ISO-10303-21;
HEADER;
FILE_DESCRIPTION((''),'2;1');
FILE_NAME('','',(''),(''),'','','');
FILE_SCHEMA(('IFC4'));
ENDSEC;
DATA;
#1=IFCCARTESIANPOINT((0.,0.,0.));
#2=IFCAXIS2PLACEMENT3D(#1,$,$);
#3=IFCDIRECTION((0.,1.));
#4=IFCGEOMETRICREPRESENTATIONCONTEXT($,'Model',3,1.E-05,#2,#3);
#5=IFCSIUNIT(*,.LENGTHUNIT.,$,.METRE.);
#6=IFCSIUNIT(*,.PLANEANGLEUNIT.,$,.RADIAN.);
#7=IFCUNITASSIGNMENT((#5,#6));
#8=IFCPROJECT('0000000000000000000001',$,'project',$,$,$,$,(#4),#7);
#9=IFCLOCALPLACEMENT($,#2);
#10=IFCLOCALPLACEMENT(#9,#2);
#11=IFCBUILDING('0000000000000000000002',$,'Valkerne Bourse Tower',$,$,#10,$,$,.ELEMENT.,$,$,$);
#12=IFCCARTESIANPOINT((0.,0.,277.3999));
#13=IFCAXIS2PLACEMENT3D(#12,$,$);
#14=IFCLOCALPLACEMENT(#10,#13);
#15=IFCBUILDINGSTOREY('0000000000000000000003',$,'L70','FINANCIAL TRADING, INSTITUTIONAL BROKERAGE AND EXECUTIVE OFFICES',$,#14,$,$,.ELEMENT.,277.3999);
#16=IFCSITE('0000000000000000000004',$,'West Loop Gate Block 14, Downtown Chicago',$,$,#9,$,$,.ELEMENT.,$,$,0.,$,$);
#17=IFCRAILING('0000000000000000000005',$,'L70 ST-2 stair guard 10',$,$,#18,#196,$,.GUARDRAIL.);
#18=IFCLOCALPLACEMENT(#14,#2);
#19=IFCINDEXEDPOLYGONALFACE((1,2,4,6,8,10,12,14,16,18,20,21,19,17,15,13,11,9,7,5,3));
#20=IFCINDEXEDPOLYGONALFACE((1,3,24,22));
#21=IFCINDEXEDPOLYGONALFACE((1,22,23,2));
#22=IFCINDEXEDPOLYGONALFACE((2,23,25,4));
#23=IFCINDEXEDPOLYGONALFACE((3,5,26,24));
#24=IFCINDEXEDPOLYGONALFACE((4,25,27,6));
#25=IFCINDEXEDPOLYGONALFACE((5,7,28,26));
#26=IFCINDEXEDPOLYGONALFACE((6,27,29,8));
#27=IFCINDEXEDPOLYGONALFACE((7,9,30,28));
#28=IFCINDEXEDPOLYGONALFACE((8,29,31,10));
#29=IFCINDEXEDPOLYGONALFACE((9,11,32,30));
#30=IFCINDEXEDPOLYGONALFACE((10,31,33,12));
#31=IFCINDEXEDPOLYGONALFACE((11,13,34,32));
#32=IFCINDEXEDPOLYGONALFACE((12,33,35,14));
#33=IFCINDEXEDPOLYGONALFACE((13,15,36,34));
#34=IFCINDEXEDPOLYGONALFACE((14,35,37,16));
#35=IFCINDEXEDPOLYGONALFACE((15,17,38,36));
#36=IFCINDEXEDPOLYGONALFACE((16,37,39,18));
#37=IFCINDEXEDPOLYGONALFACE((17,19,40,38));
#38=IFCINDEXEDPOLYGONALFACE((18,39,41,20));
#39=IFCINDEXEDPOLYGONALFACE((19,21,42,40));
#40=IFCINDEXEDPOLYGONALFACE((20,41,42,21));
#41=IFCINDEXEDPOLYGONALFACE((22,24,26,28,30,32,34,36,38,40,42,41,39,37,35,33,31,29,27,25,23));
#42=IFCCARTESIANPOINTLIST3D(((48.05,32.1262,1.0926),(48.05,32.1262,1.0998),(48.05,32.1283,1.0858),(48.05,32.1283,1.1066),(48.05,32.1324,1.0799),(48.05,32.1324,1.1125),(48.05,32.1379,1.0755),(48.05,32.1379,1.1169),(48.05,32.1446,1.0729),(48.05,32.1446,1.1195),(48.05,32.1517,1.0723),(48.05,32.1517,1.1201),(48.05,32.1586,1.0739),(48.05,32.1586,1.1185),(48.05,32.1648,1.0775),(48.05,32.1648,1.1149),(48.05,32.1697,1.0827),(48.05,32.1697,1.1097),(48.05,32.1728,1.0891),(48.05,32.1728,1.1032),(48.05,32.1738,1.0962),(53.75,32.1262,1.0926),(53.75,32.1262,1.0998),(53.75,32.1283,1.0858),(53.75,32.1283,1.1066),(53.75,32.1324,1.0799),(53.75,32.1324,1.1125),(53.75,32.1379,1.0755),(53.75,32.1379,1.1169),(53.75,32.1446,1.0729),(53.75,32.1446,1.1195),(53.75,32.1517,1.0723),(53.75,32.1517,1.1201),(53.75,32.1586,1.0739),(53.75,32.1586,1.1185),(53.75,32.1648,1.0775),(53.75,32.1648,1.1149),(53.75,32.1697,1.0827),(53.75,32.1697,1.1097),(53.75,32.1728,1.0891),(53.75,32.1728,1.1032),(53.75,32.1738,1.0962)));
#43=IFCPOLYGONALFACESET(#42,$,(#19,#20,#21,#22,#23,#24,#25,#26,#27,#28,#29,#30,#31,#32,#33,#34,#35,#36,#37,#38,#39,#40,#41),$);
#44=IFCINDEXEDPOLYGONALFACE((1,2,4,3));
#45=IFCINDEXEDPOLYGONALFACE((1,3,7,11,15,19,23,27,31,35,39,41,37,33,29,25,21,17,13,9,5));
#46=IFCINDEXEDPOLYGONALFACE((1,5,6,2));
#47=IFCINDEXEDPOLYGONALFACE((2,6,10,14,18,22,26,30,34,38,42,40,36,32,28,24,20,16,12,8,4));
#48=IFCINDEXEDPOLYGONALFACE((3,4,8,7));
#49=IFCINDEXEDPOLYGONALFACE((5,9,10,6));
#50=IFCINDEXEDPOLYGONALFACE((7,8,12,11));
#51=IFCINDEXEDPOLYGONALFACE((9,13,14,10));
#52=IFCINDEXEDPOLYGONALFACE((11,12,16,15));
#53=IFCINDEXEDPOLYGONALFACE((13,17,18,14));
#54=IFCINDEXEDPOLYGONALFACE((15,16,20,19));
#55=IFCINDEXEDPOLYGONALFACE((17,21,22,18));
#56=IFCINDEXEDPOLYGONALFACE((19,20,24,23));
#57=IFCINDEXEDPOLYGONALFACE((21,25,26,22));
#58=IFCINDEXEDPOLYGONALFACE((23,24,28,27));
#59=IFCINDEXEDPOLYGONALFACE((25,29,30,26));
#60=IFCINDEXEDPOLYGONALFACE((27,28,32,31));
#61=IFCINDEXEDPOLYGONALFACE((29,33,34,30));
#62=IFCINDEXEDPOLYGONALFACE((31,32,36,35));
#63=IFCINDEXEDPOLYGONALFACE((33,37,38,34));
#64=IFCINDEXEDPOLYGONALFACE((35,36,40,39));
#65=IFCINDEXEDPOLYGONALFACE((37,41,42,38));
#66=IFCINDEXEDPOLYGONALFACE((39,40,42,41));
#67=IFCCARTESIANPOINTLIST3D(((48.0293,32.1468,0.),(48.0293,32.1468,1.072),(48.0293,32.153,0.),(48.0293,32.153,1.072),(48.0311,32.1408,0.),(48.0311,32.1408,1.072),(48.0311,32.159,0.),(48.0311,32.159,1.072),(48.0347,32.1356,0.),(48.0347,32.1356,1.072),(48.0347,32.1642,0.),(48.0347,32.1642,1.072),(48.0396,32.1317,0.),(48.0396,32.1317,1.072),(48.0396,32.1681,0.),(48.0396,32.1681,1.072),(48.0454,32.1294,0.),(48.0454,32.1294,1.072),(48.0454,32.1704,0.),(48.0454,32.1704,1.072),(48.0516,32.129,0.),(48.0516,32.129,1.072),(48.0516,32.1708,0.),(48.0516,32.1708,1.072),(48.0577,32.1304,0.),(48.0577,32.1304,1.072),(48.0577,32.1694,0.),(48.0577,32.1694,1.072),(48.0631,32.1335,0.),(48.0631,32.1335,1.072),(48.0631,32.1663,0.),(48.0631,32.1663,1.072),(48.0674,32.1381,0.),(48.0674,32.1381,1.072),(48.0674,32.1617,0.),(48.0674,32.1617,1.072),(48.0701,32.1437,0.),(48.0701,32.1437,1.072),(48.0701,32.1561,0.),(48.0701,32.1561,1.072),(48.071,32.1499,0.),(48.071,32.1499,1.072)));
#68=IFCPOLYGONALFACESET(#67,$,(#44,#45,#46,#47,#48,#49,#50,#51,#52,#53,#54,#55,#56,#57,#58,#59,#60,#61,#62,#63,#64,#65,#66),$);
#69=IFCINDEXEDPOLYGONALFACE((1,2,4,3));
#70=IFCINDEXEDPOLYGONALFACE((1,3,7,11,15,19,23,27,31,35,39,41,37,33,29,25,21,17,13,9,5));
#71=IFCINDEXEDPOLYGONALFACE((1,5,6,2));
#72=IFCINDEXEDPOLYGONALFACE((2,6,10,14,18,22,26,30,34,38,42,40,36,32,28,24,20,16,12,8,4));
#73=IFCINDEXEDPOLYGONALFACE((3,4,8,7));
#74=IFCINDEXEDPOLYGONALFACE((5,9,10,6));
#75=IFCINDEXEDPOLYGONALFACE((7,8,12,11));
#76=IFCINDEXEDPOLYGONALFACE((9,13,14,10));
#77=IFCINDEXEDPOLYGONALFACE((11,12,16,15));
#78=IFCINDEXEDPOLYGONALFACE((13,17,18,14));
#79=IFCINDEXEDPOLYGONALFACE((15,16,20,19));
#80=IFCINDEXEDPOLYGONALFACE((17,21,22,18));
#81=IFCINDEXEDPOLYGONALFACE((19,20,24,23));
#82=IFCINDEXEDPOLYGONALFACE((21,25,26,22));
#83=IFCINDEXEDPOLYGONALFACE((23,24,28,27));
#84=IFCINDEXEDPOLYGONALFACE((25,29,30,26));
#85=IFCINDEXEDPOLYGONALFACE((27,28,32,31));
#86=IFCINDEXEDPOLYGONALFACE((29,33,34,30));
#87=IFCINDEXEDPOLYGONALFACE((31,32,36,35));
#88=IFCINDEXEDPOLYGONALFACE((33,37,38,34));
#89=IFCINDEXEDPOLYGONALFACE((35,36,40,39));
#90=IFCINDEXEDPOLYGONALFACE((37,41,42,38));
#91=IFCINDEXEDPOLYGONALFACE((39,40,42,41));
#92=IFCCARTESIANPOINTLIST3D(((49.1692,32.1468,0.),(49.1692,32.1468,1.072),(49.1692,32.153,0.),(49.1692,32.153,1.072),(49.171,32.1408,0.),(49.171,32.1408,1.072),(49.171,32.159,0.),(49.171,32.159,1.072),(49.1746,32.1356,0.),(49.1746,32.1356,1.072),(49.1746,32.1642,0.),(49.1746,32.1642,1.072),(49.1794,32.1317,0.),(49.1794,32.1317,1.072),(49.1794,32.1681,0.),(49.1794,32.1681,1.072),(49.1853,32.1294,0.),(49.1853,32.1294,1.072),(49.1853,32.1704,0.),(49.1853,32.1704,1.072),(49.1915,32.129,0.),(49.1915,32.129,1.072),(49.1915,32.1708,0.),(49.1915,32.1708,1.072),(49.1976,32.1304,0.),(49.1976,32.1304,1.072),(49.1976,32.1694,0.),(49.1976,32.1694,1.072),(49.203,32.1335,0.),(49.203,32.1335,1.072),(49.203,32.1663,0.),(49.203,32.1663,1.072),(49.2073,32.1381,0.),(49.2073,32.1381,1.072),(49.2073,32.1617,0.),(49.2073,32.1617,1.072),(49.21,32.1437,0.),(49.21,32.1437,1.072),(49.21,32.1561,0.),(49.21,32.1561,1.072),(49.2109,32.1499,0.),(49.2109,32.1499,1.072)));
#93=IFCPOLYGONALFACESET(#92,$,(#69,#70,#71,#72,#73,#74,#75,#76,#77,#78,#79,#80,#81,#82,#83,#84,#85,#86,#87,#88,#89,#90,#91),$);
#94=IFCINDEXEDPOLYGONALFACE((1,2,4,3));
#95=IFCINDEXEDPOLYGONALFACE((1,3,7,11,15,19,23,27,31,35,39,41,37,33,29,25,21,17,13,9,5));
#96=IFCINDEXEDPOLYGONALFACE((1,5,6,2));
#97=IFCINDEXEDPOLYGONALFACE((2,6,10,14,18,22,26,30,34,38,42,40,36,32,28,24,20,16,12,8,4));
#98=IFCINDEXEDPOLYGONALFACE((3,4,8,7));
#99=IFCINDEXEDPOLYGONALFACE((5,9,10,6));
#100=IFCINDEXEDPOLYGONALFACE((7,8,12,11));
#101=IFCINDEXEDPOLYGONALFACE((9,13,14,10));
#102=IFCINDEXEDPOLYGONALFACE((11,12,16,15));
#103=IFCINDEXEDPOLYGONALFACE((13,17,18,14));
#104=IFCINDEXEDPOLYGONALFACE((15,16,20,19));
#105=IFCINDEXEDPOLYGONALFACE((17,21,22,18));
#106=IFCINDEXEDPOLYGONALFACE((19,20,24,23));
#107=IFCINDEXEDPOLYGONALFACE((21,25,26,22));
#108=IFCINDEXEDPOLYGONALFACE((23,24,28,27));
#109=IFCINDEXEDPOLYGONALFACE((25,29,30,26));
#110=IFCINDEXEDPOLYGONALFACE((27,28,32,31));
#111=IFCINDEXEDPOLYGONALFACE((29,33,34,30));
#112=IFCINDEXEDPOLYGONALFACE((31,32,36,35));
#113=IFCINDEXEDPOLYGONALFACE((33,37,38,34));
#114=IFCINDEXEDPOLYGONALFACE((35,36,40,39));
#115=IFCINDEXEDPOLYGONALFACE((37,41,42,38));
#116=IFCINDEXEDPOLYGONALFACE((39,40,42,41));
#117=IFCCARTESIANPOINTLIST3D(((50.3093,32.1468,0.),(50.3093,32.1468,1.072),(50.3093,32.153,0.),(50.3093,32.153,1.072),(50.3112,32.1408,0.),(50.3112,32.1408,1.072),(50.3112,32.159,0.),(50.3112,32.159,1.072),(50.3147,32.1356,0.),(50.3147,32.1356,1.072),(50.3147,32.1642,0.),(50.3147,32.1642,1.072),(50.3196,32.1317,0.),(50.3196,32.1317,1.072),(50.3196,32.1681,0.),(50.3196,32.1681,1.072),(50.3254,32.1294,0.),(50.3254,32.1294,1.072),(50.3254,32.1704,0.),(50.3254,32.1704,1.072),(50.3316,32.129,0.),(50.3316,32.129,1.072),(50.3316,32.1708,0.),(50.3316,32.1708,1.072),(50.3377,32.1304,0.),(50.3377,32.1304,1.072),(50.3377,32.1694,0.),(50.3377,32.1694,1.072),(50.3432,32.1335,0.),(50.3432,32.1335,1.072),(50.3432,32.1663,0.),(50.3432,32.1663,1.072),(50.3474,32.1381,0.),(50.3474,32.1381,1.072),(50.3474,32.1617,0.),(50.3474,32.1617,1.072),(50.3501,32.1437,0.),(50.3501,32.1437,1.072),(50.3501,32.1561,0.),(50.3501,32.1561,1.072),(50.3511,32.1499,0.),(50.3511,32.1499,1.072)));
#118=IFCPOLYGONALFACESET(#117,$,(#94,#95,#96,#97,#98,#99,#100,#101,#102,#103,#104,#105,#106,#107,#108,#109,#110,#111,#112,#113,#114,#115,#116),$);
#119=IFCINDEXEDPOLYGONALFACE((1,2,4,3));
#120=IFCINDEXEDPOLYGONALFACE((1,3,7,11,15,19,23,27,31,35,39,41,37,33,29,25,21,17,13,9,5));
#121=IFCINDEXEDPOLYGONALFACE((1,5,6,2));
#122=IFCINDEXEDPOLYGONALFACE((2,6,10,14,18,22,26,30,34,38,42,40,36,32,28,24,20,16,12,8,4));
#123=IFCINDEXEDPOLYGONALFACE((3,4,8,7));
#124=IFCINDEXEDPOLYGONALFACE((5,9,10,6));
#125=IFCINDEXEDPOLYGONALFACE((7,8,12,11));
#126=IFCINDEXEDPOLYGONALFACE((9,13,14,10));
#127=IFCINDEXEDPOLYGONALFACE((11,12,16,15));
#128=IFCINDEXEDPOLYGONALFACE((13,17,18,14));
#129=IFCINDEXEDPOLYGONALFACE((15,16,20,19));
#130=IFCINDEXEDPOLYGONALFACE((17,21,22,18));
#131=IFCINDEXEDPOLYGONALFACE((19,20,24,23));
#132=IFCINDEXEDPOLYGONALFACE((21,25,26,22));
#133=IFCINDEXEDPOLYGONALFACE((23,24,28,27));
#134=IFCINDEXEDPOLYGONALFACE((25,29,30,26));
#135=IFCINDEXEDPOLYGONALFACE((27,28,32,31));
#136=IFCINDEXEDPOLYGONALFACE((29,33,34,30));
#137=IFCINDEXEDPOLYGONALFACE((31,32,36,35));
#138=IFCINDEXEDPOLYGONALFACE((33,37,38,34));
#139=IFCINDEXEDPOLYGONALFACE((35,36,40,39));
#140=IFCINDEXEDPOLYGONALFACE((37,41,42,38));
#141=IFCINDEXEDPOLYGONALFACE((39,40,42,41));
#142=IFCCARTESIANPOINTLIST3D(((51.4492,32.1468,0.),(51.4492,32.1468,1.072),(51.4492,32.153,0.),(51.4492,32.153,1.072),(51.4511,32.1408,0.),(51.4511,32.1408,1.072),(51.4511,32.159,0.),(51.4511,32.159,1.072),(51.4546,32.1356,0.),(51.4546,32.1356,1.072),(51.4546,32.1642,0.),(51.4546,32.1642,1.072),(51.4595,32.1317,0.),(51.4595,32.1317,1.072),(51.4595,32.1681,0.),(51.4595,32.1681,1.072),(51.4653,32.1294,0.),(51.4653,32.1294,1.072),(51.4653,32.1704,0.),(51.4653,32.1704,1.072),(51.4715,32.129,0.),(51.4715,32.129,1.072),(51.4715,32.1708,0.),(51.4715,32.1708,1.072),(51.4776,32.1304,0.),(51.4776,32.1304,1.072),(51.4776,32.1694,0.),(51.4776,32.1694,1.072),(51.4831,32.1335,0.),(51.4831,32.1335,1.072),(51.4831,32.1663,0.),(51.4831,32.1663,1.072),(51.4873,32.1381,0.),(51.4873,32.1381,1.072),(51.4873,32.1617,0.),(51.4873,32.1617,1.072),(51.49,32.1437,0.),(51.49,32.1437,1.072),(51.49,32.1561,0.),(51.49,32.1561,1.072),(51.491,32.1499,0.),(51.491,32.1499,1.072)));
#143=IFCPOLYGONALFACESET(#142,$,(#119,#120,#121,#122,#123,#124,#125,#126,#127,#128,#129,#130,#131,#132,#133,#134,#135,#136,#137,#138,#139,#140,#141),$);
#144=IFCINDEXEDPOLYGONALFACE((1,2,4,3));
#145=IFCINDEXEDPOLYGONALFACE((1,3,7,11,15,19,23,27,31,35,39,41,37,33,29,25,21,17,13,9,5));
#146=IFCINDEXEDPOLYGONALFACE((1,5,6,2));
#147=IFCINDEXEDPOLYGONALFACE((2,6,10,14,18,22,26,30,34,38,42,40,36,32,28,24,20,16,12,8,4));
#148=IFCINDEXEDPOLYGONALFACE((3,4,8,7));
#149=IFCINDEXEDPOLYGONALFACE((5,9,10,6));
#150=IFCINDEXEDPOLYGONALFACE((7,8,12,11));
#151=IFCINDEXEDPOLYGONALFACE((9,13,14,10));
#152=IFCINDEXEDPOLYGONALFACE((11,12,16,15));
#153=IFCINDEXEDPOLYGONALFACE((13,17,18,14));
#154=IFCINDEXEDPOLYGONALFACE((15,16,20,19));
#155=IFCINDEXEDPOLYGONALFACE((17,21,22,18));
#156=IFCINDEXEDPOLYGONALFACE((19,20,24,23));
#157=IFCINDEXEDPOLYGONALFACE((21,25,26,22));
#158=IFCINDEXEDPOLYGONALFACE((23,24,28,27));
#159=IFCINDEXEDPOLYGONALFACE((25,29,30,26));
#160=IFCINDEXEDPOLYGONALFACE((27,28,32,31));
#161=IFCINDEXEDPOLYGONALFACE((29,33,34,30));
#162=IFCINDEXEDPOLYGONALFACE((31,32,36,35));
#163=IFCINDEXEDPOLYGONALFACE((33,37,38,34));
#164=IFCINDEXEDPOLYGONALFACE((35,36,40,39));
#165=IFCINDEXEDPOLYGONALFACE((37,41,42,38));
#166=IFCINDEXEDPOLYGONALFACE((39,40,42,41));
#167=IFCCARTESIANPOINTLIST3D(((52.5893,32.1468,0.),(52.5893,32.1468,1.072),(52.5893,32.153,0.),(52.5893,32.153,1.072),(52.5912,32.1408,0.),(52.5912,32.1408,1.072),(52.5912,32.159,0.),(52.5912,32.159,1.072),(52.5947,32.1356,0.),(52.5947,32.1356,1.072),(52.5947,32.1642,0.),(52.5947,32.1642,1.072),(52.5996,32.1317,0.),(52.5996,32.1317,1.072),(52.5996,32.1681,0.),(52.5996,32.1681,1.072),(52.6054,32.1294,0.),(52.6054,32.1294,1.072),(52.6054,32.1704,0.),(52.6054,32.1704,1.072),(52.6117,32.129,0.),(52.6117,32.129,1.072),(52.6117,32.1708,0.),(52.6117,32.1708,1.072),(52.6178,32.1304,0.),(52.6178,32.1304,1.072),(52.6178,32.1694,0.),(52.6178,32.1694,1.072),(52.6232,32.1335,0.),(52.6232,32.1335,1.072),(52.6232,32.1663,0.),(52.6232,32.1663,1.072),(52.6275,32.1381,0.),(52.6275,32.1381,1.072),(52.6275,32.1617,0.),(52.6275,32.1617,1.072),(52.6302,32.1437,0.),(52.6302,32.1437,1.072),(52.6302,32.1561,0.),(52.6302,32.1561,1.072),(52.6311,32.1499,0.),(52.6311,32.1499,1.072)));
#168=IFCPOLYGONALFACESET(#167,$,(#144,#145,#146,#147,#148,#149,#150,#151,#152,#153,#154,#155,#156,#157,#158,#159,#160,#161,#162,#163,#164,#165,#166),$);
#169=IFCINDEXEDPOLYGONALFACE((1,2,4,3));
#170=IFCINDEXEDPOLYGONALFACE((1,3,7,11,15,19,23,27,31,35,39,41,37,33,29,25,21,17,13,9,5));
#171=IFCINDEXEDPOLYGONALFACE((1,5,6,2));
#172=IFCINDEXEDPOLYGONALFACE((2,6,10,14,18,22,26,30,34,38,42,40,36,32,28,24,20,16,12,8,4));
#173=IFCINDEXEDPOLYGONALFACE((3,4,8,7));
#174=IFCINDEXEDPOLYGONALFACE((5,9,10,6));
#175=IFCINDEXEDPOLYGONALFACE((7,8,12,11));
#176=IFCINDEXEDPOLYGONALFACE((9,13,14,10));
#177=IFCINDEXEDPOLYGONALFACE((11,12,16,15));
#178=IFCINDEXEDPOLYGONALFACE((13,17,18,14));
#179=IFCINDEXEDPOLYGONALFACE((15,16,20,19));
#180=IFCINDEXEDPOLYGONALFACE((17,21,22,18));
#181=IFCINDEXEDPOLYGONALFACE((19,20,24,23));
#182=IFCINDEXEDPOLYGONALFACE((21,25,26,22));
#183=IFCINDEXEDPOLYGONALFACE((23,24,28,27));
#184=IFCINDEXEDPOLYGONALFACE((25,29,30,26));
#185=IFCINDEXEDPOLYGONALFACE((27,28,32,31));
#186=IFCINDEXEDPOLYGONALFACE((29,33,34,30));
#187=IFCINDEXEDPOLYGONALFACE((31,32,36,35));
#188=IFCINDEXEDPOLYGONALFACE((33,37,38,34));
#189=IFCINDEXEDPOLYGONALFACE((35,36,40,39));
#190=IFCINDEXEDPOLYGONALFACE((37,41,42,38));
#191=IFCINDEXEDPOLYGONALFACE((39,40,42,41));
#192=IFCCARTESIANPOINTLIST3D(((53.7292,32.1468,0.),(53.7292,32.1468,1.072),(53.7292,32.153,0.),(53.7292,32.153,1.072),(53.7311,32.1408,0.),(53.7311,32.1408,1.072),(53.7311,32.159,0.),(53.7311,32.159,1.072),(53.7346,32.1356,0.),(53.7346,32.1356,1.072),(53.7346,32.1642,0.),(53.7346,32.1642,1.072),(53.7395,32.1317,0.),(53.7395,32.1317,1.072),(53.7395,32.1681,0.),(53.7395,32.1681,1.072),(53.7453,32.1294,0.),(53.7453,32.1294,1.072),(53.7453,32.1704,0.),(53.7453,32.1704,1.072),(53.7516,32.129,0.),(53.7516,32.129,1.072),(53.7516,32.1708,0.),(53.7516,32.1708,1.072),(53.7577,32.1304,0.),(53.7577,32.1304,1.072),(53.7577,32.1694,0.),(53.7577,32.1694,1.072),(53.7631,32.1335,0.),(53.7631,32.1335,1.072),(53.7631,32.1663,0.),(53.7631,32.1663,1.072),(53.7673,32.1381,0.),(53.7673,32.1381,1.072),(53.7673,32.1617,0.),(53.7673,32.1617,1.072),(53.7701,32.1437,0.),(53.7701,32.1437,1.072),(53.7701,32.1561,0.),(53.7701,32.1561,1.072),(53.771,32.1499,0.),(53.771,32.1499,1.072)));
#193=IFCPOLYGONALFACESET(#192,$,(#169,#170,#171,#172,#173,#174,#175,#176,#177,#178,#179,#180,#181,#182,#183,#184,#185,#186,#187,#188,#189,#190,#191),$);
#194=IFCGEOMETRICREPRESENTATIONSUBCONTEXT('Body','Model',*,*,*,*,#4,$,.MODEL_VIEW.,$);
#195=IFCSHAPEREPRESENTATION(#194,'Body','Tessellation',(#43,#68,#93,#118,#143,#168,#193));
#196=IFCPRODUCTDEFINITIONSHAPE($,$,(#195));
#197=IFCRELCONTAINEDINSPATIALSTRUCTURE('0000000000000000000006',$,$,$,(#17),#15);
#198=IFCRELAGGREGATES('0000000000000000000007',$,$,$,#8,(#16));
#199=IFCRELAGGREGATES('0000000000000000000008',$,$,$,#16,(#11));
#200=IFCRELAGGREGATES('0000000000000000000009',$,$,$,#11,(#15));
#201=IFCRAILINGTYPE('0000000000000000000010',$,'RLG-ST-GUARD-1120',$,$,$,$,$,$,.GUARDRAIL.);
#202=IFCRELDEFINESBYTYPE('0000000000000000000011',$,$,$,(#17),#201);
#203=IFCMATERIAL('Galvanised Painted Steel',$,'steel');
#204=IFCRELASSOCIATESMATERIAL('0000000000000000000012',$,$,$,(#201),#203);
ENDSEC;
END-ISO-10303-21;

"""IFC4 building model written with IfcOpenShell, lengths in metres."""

from ifc_helpers import new_model, si_unit, direction, frame, origin, origin_2d, place, context, subcontext, project, spatial, circle, extrude, material, type_object, element, save


model = new_model("IFC4")

# Units and contexts
model_context = context("Model", 3, precision=1e-05, world=origin(), true_north=direction((0.0, 1.0)))
body_context = subcontext(model_context, "Body", "Model", "MODEL_VIEW")
ifc_project = project(units=[si_unit("LENGTHUNIT", "METRE"), si_unit("PLANEANGLEUNIT", "RADIAN")], contexts=[model_context])

# Site, building, storey
site_placement = place(None, origin())
site = spatial("IfcSite", under=ifc_project, at=site_placement, Name="West Loop Gate Block 14, Downtown Chicago", CompositionType="ELEMENT", RefElevation=0.0)
building_placement = place(site_placement, origin())
building = spatial("IfcBuilding", under=site, at=building_placement, Name="Valkerne Bourse Tower", CompositionType="ELEMENT")
storey_placement = place(building_placement, frame((0.0, 0.0, 277.3999)))
storey = spatial("IfcBuildingStorey", under=building, at=storey_placement, Name="L70", Description="FINANCIAL TRADING, INSTITUTIONAL BROKERAGE AND EXECUTIVE OFFICES", CompositionType="ELEMENT", Elevation=277.3999)

# Shared definitions
ifc_material_1 = material(Name="Galvanised Painted Steel", Category="steel")

# Railing
railing_type_1 = type_object("IfcRailingType", Name="RLG-ST-GUARD-1120", PredefinedType="GUARDRAIL", material=ifc_material_1)
for number, where, name in (
    (1, (48.05, 32.1499, 0.0), "L70 ST-2 stair guard 10"),
):
    element("IfcRailing", number, at=place(storey_placement, frame(where)), inside=storey, type_object=railing_type_1, Name=name, PredefinedType="GUARDRAIL", context=body_context, shape_type="SweptSolid", body=[
        extrude(circle(Radius=0.0239, at=origin_2d()), frame((0.0, 0.0, 1.0962), z_axis=(1.0, 0.0, 0.0), x_axis=(0.0, 1.0, 0.0)), (0.0, 0.0, 1.0), 5.7),
        extrude(circle(Radius=0.021, at=origin_2d()), origin(), (0.0, 0.0, 1.0), 1.072),
        extrude(circle(Radius=0.021, at=origin_2d()), frame((1.1399, 0.0, 0.0)), (0.0, 0.0, 1.0), 1.072),
        extrude(circle(Radius=0.021, at=origin_2d()), frame((2.28, 0.0, 0.0)), (0.0, 0.0, 1.0), 1.072),
        extrude(circle(Radius=0.021, at=origin_2d()), frame((3.4199, 0.0, 0.0)), (0.0, 0.0, 1.0), 1.072),
        extrude(circle(Radius=0.021, at=origin_2d()), frame((4.5601, 0.0, 0.0)), (0.0, 0.0, 1.0), 1.072),
        extrude(circle(Radius=0.021, at=origin_2d()), frame((5.7, 0.0, 0.0)), (0.0, 0.0, 1.0), 1.072),
    ])

save(model, "model.ifc")
